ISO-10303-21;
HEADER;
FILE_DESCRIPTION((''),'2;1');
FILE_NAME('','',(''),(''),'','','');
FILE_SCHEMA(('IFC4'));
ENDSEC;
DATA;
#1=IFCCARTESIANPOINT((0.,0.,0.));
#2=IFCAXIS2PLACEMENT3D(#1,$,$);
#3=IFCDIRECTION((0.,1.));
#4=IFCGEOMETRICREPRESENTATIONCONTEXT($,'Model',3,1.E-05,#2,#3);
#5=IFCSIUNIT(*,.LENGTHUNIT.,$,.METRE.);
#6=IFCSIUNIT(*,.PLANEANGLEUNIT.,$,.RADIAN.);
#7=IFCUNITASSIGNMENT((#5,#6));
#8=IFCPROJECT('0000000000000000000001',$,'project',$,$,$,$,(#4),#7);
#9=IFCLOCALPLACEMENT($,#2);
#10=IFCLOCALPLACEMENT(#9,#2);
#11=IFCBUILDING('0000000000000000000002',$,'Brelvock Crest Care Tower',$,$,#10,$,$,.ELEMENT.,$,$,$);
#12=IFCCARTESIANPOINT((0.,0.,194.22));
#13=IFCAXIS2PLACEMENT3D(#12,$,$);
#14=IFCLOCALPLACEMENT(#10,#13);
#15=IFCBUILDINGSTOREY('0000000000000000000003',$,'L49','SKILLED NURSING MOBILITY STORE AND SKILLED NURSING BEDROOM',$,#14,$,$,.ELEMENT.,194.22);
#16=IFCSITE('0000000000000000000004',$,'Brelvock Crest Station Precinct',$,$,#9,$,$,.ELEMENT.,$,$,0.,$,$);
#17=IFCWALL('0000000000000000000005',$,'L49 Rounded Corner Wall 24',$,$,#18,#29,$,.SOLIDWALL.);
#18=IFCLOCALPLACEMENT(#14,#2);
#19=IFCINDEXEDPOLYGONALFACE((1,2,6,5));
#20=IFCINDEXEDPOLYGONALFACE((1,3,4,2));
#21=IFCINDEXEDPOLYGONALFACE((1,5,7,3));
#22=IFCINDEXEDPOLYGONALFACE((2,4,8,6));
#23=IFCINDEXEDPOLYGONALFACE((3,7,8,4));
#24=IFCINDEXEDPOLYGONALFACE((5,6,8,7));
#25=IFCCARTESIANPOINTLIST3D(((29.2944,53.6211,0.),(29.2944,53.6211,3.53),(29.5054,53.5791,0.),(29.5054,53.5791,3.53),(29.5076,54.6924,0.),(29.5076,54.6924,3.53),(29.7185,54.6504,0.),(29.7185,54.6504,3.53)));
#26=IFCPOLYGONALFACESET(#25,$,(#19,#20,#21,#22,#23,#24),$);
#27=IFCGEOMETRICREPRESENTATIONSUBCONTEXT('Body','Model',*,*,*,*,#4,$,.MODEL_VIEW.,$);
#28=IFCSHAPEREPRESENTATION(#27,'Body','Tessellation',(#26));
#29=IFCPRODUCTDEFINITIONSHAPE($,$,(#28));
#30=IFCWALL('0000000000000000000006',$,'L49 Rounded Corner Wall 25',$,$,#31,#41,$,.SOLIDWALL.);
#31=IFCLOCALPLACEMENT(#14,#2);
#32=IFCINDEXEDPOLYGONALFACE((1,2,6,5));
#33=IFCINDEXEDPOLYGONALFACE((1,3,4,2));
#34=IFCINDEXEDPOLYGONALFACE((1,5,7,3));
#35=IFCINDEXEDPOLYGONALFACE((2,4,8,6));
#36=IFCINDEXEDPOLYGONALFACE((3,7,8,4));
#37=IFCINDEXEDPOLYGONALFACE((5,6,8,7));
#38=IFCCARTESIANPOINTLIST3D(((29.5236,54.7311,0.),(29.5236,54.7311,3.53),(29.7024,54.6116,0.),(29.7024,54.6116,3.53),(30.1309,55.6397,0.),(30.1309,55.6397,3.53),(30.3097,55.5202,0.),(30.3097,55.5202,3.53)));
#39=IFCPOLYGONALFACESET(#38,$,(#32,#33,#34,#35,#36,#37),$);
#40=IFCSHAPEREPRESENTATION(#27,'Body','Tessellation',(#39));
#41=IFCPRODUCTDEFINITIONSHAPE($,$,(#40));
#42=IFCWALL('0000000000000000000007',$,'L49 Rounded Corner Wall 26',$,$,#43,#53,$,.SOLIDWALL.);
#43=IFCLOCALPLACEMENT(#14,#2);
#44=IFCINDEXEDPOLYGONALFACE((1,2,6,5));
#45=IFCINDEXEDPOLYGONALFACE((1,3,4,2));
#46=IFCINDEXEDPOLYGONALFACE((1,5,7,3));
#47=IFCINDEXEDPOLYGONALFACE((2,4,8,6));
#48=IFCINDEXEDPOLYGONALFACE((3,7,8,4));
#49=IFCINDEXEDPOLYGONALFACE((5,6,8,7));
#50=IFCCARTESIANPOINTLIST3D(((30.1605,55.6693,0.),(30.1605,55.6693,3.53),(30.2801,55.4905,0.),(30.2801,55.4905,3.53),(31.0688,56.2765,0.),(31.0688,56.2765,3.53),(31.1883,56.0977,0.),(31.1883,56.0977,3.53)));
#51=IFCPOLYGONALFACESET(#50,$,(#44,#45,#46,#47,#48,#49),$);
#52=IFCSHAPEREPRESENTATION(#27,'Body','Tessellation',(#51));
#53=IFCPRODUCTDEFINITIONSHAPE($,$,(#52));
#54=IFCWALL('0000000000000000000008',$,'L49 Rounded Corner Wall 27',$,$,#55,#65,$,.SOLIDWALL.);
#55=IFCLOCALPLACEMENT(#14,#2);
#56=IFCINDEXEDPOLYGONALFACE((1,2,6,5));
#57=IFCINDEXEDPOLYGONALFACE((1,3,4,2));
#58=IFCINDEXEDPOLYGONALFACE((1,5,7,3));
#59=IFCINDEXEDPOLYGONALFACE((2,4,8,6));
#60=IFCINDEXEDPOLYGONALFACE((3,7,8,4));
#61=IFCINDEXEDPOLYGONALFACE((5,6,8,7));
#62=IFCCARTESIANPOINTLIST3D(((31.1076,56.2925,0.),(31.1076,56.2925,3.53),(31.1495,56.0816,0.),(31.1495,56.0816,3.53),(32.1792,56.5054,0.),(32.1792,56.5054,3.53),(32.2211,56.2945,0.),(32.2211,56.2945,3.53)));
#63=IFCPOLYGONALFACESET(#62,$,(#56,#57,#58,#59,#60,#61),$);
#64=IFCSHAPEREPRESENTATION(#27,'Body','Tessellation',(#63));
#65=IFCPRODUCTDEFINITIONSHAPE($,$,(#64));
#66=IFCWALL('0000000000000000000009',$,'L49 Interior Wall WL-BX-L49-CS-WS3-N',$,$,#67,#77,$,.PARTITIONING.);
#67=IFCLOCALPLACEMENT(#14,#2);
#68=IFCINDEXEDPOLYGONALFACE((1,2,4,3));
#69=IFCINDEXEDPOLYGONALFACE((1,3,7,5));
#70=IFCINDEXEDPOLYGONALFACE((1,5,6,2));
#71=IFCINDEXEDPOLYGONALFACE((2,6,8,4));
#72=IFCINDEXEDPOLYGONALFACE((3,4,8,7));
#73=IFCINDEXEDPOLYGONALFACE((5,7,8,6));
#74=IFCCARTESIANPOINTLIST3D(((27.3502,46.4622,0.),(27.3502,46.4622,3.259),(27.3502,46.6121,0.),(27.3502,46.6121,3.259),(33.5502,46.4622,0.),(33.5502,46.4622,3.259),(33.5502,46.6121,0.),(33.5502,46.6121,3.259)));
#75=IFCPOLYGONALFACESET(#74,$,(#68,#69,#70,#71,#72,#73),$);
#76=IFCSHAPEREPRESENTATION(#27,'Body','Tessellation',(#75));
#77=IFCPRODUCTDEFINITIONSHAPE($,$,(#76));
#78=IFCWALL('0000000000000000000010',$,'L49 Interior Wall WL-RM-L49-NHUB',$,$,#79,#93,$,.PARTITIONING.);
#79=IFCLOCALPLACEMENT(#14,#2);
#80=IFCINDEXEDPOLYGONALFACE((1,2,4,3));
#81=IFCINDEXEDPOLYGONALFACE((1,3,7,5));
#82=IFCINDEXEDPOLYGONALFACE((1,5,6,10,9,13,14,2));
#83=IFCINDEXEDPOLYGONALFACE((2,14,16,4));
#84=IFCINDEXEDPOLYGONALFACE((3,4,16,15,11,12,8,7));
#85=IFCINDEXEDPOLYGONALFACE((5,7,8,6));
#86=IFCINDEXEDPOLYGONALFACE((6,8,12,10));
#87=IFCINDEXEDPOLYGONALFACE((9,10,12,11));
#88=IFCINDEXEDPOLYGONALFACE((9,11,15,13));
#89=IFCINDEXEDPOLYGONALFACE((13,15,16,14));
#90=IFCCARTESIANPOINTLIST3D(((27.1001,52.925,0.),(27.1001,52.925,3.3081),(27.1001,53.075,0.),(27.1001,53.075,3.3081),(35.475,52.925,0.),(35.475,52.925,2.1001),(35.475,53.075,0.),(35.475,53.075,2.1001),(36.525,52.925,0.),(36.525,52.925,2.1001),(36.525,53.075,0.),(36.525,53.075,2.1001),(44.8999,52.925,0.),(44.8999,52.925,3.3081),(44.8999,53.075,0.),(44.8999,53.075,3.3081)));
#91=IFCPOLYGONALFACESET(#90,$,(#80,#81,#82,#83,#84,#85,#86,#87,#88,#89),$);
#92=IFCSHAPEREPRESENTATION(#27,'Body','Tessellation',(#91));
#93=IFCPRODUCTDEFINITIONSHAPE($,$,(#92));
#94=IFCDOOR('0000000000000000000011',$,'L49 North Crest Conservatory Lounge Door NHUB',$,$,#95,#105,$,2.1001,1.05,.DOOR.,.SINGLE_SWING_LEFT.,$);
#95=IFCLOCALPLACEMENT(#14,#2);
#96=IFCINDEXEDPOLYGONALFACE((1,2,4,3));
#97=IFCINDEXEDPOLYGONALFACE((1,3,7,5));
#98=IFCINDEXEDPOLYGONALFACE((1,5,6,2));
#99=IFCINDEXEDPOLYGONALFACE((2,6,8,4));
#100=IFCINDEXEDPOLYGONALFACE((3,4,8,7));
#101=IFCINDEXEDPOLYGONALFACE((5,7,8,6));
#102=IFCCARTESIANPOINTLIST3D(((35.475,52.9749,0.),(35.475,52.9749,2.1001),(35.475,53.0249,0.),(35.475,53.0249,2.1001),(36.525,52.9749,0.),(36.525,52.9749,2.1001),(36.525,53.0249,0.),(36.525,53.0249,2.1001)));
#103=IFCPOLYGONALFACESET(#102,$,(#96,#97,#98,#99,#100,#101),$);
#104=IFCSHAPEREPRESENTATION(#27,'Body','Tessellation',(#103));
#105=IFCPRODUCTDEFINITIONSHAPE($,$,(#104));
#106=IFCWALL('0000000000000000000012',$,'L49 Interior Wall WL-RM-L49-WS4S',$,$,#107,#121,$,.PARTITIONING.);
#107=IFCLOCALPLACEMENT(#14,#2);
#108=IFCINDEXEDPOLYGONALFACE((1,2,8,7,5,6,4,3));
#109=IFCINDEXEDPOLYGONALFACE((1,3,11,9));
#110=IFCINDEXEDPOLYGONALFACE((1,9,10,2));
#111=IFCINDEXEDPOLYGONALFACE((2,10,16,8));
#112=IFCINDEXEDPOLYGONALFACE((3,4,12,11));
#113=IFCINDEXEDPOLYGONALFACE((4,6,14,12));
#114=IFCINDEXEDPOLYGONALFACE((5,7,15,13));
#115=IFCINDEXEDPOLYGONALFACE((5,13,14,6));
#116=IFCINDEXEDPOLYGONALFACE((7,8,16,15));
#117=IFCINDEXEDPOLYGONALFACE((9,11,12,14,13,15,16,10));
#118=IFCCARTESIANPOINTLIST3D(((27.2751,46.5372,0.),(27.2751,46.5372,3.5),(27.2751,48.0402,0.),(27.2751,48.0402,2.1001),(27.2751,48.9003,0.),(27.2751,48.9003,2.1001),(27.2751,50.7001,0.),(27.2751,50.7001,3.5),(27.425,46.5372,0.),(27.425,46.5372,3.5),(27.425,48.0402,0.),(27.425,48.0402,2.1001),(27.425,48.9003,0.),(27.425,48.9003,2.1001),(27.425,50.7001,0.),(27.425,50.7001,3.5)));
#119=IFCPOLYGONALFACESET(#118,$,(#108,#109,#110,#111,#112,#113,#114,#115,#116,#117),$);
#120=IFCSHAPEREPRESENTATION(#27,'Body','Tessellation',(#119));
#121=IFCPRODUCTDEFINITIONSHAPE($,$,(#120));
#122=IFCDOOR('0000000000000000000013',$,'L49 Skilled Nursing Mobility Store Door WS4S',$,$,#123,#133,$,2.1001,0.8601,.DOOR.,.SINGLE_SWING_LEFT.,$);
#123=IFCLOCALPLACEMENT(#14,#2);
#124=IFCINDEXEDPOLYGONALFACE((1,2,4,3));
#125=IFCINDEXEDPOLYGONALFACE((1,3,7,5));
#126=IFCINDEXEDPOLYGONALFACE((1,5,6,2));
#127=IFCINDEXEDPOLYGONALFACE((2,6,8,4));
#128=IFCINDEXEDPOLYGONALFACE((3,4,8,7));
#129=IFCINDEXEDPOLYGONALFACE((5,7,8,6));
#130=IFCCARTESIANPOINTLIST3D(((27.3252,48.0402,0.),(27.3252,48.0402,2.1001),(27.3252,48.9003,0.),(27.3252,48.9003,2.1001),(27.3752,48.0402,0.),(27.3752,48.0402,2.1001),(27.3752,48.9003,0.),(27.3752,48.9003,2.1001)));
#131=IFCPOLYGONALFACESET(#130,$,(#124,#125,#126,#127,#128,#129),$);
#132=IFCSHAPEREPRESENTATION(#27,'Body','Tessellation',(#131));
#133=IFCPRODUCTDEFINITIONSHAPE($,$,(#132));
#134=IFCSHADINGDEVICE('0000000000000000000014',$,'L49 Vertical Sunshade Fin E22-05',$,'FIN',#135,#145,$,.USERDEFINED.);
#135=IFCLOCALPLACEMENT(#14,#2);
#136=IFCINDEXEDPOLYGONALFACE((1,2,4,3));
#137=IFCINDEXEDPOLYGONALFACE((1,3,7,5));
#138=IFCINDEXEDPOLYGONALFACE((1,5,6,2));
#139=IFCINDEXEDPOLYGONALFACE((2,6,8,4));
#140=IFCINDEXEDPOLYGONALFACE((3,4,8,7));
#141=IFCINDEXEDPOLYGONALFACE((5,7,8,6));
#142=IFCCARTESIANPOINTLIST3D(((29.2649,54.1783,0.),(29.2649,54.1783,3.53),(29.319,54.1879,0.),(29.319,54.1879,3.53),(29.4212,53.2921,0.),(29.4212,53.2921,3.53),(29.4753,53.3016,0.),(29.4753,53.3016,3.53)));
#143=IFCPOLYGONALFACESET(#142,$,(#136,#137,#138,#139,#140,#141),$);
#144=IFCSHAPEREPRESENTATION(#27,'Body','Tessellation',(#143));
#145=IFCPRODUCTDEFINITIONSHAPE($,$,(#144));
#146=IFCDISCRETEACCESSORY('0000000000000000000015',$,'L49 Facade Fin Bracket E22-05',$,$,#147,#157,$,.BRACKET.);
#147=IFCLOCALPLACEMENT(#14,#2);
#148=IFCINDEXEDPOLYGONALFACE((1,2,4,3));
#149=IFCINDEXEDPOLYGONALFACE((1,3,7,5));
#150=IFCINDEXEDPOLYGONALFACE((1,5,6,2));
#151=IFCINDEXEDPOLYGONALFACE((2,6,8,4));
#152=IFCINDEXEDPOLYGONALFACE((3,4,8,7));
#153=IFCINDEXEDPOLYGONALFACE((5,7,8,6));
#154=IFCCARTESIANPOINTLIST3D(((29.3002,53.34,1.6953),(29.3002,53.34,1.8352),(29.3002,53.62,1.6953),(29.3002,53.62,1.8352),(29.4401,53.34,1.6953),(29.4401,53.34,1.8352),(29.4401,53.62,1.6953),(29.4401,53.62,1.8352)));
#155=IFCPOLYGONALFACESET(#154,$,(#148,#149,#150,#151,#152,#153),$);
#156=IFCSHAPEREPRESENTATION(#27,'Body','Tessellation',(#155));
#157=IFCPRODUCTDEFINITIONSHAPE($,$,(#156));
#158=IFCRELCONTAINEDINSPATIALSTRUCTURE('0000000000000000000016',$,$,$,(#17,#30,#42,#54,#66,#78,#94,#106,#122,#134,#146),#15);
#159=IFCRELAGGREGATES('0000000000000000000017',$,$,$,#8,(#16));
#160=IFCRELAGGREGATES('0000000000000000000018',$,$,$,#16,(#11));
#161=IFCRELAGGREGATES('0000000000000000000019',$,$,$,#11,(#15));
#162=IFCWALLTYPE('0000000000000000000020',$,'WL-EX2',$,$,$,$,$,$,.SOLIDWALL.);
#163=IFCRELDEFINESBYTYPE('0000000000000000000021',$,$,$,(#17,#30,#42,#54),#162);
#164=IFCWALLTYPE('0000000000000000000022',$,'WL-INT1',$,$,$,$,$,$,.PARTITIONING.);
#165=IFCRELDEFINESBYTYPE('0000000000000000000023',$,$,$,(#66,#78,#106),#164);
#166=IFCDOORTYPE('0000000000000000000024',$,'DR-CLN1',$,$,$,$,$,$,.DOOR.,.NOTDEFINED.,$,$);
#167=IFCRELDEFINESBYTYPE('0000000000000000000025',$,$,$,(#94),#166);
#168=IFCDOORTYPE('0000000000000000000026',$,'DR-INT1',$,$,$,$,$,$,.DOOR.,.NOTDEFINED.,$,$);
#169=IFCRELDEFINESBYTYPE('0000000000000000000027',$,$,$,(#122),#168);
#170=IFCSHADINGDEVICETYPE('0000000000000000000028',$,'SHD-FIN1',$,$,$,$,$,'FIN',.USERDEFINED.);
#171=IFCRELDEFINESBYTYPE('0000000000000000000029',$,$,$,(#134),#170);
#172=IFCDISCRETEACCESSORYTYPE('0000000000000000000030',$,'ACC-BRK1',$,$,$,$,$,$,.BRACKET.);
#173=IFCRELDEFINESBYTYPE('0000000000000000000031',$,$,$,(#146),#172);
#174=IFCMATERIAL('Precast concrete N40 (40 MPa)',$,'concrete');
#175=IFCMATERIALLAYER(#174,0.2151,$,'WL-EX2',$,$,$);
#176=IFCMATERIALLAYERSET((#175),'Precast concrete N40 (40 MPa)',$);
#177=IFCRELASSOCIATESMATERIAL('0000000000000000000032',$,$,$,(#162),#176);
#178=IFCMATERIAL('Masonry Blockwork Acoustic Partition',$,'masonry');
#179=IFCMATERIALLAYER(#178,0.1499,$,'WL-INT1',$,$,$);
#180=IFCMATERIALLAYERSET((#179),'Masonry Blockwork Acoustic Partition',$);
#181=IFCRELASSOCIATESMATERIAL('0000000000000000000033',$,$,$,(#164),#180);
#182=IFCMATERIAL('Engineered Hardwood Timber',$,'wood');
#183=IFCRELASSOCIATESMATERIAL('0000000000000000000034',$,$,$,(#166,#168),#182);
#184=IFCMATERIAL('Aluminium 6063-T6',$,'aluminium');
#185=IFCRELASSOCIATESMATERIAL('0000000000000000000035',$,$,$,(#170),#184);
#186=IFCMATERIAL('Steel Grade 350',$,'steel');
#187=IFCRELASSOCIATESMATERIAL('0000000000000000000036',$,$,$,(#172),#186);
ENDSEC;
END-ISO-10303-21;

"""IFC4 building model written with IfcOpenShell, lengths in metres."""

from ifc_helpers import new_model, si_unit, direction, frame, frame_2d, origin, origin_2d, place, context, subcontext, project, spatial, rectangle, extrude, source, transform, mapped, material, layer, layer_set, material_profile, profile_set, type_object, element, fill, save


model = new_model("IFC4")

# Units and contexts
model_context = context("Model", 3, precision=1e-05, world=origin(), true_north=direction((0.0, 1.0)))
body_context = subcontext(model_context, "Body", "Model", "MODEL_VIEW")
ifc_project = project(units=[si_unit("LENGTHUNIT", "METRE"), si_unit("PLANEANGLEUNIT", "RADIAN")], contexts=[model_context])

# Site, building, storey
site_placement = place(None, origin())
site = spatial("IfcSite", under=ifc_project, at=site_placement, Name="Brelvock Crest Station Precinct", CompositionType="ELEMENT", RefElevation=0.0)
building_placement = place(site_placement, origin())
building = spatial("IfcBuilding", under=site, at=building_placement, Name="Brelvock Crest Care Tower", CompositionType="ELEMENT")
storey_placement = place(building_placement, frame((0.0, 0.0, 194.22)))
storey = spatial("IfcBuildingStorey", under=building, at=storey_placement, Name="L49", Description="SKILLED NURSING MOBILITY STORE AND SKILLED NURSING BEDROOM", CompositionType="ELEMENT", Elevation=194.22)

# Shared definitions
ifc_material_1 = material(Name="Steel Grade 350", Category="steel")

# Shared definitions
ifc_material_2 = material(Name="Aluminium 6063-T6", Category="aluminium")

# Walls
ifc_material_3 = material(Name="Precast concrete N40 (40 MPa)", Category="concrete")
ifc_layer_1 = layer(ifc_material_3, 0.2151, Name="WL-EX2")
ifc_layer_set_1 = layer_set([ifc_layer_1], Name="Precast concrete N40 (40 MPa)")
wall_type_1 = type_object("IfcWallType", Name="WL-EX2", PredefinedType="SOLIDWALL", material=ifc_layer_set_1)
wall_1_placement = place(storey_placement, frame((29.3999, 53.6001, 0.0), z_axis=(0.0, 0.0, 1.0), x_axis=(0.195127, 0.980778, 0.0)))
element("IfcWall", 1, at=wall_1_placement, inside=storey, type_object=wall_type_1, Name="L49 Rounded Corner Wall 24", PredefinedType="SOLIDWALL", context=body_context, shape_type="SweptSolid", body=[
    extrude(rectangle(XDim=1.0923, YDim=0.2151, at=frame_2d((0.5461, 0.0))), origin(), (0.0, 0.0, 1.0), 3.53),
])
wall_2_placement = place(storey_placement, frame((29.613, 54.6714, 0.0), z_axis=(0.0, 0.0, 1.0), x_axis=(0.555679, 0.831397, 0.0)))
element("IfcWall", 2, at=wall_2_placement, inside=storey, type_object=wall_type_1, Name="L49 Rounded Corner Wall 25", PredefinedType="SOLIDWALL", context=body_context, shape_type="SweptSolid", body=[
    extrude(rectangle(XDim=1.0928, YDim=0.2151, at=frame_2d((0.5464, 0.0))), origin(), (0.0, 0.0, 1.0), 3.53),
])
for number, where, z_axis, x_axis, name in (
    (3, (30.2202, 55.5798, 0.0), (0.0, 0.0, 1.0), (0.831328, 0.555783, 0.0), "L49 Rounded Corner Wall 26"),
    (4, (31.1284, 56.187, 0.0), (0.0, 0.0, 1.0), (0.980829, 0.19487, 0.0), "L49 Rounded Corner Wall 27"),
):
    element("IfcWall", number, at=place(storey_placement, frame(where, z_axis=z_axis, x_axis=x_axis)), inside=storey, type_object=wall_type_1, Name=name, PredefinedType="SOLIDWALL", context=body_context, shape_type="SweptSolid", body=[
        extrude(rectangle(XDim=1.0925, YDim=0.2151, at=frame_2d((0.5464, 0.0))), origin(), (0.0, 0.0, 1.0), 3.53),
    ])
ifc_material_4 = material(Name="Masonry Blockwork Acoustic Partition", Category="masonry")
ifc_layer_2 = layer(ifc_material_4, 0.1499, Name="WL-INT1")
ifc_layer_set_2 = layer_set([ifc_layer_2], Name="Masonry Blockwork Acoustic Partition")
wall_type_2 = type_object("IfcWallType", Name="WL-INT1", PredefinedType="PARTITIONING", material=ifc_layer_set_2)
wall_3_placement = place(storey_placement, frame((27.3501, 46.5371, 0.0), z_axis=(0.0, 0.0, 1.0), x_axis=(1.0, 0.0, 0.0)))
element("IfcWall", 5, at=wall_3_placement, inside=storey, type_object=wall_type_2, Name="L49 Interior Wall WL-BX-L49-CS-WS3-N", PredefinedType="PARTITIONING", context=body_context, shape_type="SweptSolid", body=[
    extrude(rectangle(XDim=6.2, YDim=0.1499, at=frame_2d((3.1001, 0.0))), origin(), (0.0, 0.0, 1.0), 3.259),
])

# Walls, openings, doors
wall_4_placement = place(storey_placement, frame((27.1001, 53.0, 0.0), z_axis=(0.0, 0.0, 1.0), x_axis=(1.0, 0.0, 0.0)))
wall_4 = element("IfcWall", 6, at=wall_4_placement, inside=storey, type_object=wall_type_2, Name="L49 Interior Wall WL-RM-L49-NHUB", PredefinedType="PARTITIONING", context=body_context, shape_type="SweptSolid", body=[
    extrude(rectangle(XDim=17.7998, YDim=0.1499, at=frame_2d((8.8999, 0.0))), origin(), (0.0, 0.0, 1.0), 3.3081),
])
opening_1_placement = place(wall_4_placement, frame((8.375, 0.0, 0.0)))
opening_1 = element("IfcOpeningElement", 7, at=opening_1_placement, cuts=wall_4, PredefinedType="OPENING", context=body_context, shape_type="SweptSolid", body=[
    extrude(rectangle(XDim=1.05, YDim=2.1001, at=origin_2d()), frame((0.5249, 0.085, 1.05), z_axis=(0.0, -1.0, 0.0), x_axis=(1.0, 0.0, 0.0)), (0.0, 0.0, 1.0), 0.1699),
])
ifc_material_5 = material(Name="Engineered Hardwood Timber", Category="wood")
door_type_1 = type_object("IfcDoorType", Name="DR-CLN1", OperationType="NOTDEFINED", PredefinedType="DOOR", material=ifc_material_5)
shared_shape_1 = source(origin(), body_context, "Body", "SweptSolid", [
    extrude(rectangle(XDim=1.05, YDim=2.1001, at=origin_2d()), frame((0.5249, 0.0249, 1.05), z_axis=(0.0, -1.0, 0.0), x_axis=(1.0, 0.0, 0.0)), (0.0, 0.0, 1.0), 0.05),
])
door_1_placement = place(opening_1_placement, origin())
door_1 = element("IfcDoor", 8, at=door_1_placement, inside=storey, type_object=door_type_1, Name="L49 North Crest Conservatory Lounge Door NHUB", OperationType="SINGLE_SWING_LEFT", OverallHeight=2.1001, OverallWidth=1.05, PredefinedType="DOOR", context=body_context, shape_type="MappedRepresentation", body=[
    mapped(shared_shape_1, transform((0.0, 0.0, 0.0), x_axis=(1.0, 0.0, 0.0), y_axis=(0.0, 1.0, 0.0), z_axis=(0.0, 0.0, 1.0), scale=1.0)),
])
fill(opening_1, door_1)
wall_5_placement = place(storey_placement, frame((27.3501, 46.5371, 0.0), z_axis=(0.0, 0.0, 1.0), x_axis=(0.0, 1.0, 0.0)))
wall_5 = element("IfcWall", 9, at=wall_5_placement, inside=storey, type_object=wall_type_2, Name="L49 Interior Wall WL-RM-L49-WS4S", PredefinedType="PARTITIONING", context=body_context, shape_type="SweptSolid", body=[
    extrude(rectangle(XDim=4.1628, YDim=0.1499, at=frame_2d((2.0815, 0.0))), origin(), (0.0, 0.0, 1.0), 3.5),
])
opening_2_placement = place(wall_5_placement, frame((1.5029, 0.0, 0.0)))
opening_2 = element("IfcOpeningElement", 10, at=opening_2_placement, cuts=wall_5, PredefinedType="OPENING", context=body_context, shape_type="SweptSolid", body=[
    extrude(rectangle(XDim=0.8601, YDim=2.1001, at=origin_2d()), frame((0.4302, 0.085, 1.05), z_axis=(0.0, -1.0, 0.0), x_axis=(1.0, 0.0, 0.0)), (0.0, 0.0, 1.0), 0.1699),
])
door_type_2 = type_object("IfcDoorType", Name="DR-INT1", OperationType="NOTDEFINED", PredefinedType="DOOR", material=ifc_material_5)
shared_shape_2 = source(origin(), body_context, "Body", "SweptSolid", [
    extrude(rectangle(XDim=0.8601, YDim=2.1001, at=origin_2d()), frame((0.4302, 0.0249, 1.05), z_axis=(0.0, -1.0, 0.0), x_axis=(1.0, 0.0, 0.0)), (0.0, 0.0, 1.0), 0.05),
])
door_2_placement = place(opening_2_placement, origin())
door_2 = element("IfcDoor", 11, at=door_2_placement, inside=storey, type_object=door_type_2, Name="L49 Skilled Nursing Mobility Store Door WS4S", OperationType="SINGLE_SWING_LEFT", OverallHeight=2.1001, OverallWidth=0.8601, PredefinedType="DOOR", context=body_context, shape_type="MappedRepresentation", body=[
    mapped(shared_shape_2, transform((0.0, 0.0, 0.0), x_axis=(1.0, 0.0, 0.0), y_axis=(0.0, 1.0, 0.0), z_axis=(0.0, 0.0, 1.0), scale=1.0)),
])
fill(opening_2, door_2)

# Shading device
ifc_material_profile_1 = material_profile(ifc_material_2, rectangle(XDim=0.0549, YDim=0.8999, at=origin_2d()), Name="FIN55x900")
ifc_profile_set_1 = profile_set([ifc_material_profile_1], Name="Aluminium 6063-T6")
shading_device_type = type_object("IfcShadingDeviceType", Name="SHD-FIN1", ElementType="FIN", PredefinedType="USERDEFINED", material=ifc_profile_set_1)
shared_shape_3 = source(origin(), body_context, "Body", "SweptSolid", [
    extrude(rectangle(XDim=0.0549, YDim=0.8999, at=origin_2d()), origin(), (0.0, 0.0, 1.0), 3.53),
])
shading_device_placement = place(storey_placement, frame((29.3701, 53.74, 0.0), z_axis=(0.0, 0.0, 1.0), x_axis=(0.984808, 0.173648, 0.0)))
element("IfcShadingDevice", 12, at=shading_device_placement, inside=storey, type_object=shading_device_type, Name="L49 Vertical Sunshade Fin E22-05", ObjectType="FIN", PredefinedType="USERDEFINED", context=body_context, shape_type="MappedRepresentation", body=[
    mapped(shared_shape_3, transform((0.0, 0.0, 0.0), x_axis=(1.0, 0.0, 0.0), y_axis=(0.0, 1.0, 0.0), z_axis=(0.0, 0.0, 1.0), scale=1.0)),
])

# Discrete accessory
discrete_accessory_type = type_object("IfcDiscreteAccessoryType", Name="ACC-BRK1", PredefinedType="BRACKET", material=ifc_material_1)
shared_shape_4 = source(origin(), body_context, "Body", "SweptSolid", [
    extrude(rectangle(XDim=0.28, YDim=0.1399, at=origin_2d()), origin(), (0.0, 0.0, 1.0), 0.1399),
])
discrete_accessory_placement = place(storey_placement, frame((29.3701, 53.48, 1.6953), z_axis=(0.0, 0.0, 1.0), x_axis=(0.0, 1.0, 0.0)))
element("IfcDiscreteAccessory", 13, at=discrete_accessory_placement, inside=storey, type_object=discrete_accessory_type, Name="L49 Facade Fin Bracket E22-05", PredefinedType="BRACKET", context=body_context, shape_type="MappedRepresentation", body=[
    mapped(shared_shape_4, transform((0.0, 0.0, 0.0), x_axis=(1.0, 0.0, 0.0), y_axis=(0.0, 1.0, 0.0), z_axis=(0.0, 0.0, 1.0), scale=1.0)),
])

save(model, "model.ifc")
